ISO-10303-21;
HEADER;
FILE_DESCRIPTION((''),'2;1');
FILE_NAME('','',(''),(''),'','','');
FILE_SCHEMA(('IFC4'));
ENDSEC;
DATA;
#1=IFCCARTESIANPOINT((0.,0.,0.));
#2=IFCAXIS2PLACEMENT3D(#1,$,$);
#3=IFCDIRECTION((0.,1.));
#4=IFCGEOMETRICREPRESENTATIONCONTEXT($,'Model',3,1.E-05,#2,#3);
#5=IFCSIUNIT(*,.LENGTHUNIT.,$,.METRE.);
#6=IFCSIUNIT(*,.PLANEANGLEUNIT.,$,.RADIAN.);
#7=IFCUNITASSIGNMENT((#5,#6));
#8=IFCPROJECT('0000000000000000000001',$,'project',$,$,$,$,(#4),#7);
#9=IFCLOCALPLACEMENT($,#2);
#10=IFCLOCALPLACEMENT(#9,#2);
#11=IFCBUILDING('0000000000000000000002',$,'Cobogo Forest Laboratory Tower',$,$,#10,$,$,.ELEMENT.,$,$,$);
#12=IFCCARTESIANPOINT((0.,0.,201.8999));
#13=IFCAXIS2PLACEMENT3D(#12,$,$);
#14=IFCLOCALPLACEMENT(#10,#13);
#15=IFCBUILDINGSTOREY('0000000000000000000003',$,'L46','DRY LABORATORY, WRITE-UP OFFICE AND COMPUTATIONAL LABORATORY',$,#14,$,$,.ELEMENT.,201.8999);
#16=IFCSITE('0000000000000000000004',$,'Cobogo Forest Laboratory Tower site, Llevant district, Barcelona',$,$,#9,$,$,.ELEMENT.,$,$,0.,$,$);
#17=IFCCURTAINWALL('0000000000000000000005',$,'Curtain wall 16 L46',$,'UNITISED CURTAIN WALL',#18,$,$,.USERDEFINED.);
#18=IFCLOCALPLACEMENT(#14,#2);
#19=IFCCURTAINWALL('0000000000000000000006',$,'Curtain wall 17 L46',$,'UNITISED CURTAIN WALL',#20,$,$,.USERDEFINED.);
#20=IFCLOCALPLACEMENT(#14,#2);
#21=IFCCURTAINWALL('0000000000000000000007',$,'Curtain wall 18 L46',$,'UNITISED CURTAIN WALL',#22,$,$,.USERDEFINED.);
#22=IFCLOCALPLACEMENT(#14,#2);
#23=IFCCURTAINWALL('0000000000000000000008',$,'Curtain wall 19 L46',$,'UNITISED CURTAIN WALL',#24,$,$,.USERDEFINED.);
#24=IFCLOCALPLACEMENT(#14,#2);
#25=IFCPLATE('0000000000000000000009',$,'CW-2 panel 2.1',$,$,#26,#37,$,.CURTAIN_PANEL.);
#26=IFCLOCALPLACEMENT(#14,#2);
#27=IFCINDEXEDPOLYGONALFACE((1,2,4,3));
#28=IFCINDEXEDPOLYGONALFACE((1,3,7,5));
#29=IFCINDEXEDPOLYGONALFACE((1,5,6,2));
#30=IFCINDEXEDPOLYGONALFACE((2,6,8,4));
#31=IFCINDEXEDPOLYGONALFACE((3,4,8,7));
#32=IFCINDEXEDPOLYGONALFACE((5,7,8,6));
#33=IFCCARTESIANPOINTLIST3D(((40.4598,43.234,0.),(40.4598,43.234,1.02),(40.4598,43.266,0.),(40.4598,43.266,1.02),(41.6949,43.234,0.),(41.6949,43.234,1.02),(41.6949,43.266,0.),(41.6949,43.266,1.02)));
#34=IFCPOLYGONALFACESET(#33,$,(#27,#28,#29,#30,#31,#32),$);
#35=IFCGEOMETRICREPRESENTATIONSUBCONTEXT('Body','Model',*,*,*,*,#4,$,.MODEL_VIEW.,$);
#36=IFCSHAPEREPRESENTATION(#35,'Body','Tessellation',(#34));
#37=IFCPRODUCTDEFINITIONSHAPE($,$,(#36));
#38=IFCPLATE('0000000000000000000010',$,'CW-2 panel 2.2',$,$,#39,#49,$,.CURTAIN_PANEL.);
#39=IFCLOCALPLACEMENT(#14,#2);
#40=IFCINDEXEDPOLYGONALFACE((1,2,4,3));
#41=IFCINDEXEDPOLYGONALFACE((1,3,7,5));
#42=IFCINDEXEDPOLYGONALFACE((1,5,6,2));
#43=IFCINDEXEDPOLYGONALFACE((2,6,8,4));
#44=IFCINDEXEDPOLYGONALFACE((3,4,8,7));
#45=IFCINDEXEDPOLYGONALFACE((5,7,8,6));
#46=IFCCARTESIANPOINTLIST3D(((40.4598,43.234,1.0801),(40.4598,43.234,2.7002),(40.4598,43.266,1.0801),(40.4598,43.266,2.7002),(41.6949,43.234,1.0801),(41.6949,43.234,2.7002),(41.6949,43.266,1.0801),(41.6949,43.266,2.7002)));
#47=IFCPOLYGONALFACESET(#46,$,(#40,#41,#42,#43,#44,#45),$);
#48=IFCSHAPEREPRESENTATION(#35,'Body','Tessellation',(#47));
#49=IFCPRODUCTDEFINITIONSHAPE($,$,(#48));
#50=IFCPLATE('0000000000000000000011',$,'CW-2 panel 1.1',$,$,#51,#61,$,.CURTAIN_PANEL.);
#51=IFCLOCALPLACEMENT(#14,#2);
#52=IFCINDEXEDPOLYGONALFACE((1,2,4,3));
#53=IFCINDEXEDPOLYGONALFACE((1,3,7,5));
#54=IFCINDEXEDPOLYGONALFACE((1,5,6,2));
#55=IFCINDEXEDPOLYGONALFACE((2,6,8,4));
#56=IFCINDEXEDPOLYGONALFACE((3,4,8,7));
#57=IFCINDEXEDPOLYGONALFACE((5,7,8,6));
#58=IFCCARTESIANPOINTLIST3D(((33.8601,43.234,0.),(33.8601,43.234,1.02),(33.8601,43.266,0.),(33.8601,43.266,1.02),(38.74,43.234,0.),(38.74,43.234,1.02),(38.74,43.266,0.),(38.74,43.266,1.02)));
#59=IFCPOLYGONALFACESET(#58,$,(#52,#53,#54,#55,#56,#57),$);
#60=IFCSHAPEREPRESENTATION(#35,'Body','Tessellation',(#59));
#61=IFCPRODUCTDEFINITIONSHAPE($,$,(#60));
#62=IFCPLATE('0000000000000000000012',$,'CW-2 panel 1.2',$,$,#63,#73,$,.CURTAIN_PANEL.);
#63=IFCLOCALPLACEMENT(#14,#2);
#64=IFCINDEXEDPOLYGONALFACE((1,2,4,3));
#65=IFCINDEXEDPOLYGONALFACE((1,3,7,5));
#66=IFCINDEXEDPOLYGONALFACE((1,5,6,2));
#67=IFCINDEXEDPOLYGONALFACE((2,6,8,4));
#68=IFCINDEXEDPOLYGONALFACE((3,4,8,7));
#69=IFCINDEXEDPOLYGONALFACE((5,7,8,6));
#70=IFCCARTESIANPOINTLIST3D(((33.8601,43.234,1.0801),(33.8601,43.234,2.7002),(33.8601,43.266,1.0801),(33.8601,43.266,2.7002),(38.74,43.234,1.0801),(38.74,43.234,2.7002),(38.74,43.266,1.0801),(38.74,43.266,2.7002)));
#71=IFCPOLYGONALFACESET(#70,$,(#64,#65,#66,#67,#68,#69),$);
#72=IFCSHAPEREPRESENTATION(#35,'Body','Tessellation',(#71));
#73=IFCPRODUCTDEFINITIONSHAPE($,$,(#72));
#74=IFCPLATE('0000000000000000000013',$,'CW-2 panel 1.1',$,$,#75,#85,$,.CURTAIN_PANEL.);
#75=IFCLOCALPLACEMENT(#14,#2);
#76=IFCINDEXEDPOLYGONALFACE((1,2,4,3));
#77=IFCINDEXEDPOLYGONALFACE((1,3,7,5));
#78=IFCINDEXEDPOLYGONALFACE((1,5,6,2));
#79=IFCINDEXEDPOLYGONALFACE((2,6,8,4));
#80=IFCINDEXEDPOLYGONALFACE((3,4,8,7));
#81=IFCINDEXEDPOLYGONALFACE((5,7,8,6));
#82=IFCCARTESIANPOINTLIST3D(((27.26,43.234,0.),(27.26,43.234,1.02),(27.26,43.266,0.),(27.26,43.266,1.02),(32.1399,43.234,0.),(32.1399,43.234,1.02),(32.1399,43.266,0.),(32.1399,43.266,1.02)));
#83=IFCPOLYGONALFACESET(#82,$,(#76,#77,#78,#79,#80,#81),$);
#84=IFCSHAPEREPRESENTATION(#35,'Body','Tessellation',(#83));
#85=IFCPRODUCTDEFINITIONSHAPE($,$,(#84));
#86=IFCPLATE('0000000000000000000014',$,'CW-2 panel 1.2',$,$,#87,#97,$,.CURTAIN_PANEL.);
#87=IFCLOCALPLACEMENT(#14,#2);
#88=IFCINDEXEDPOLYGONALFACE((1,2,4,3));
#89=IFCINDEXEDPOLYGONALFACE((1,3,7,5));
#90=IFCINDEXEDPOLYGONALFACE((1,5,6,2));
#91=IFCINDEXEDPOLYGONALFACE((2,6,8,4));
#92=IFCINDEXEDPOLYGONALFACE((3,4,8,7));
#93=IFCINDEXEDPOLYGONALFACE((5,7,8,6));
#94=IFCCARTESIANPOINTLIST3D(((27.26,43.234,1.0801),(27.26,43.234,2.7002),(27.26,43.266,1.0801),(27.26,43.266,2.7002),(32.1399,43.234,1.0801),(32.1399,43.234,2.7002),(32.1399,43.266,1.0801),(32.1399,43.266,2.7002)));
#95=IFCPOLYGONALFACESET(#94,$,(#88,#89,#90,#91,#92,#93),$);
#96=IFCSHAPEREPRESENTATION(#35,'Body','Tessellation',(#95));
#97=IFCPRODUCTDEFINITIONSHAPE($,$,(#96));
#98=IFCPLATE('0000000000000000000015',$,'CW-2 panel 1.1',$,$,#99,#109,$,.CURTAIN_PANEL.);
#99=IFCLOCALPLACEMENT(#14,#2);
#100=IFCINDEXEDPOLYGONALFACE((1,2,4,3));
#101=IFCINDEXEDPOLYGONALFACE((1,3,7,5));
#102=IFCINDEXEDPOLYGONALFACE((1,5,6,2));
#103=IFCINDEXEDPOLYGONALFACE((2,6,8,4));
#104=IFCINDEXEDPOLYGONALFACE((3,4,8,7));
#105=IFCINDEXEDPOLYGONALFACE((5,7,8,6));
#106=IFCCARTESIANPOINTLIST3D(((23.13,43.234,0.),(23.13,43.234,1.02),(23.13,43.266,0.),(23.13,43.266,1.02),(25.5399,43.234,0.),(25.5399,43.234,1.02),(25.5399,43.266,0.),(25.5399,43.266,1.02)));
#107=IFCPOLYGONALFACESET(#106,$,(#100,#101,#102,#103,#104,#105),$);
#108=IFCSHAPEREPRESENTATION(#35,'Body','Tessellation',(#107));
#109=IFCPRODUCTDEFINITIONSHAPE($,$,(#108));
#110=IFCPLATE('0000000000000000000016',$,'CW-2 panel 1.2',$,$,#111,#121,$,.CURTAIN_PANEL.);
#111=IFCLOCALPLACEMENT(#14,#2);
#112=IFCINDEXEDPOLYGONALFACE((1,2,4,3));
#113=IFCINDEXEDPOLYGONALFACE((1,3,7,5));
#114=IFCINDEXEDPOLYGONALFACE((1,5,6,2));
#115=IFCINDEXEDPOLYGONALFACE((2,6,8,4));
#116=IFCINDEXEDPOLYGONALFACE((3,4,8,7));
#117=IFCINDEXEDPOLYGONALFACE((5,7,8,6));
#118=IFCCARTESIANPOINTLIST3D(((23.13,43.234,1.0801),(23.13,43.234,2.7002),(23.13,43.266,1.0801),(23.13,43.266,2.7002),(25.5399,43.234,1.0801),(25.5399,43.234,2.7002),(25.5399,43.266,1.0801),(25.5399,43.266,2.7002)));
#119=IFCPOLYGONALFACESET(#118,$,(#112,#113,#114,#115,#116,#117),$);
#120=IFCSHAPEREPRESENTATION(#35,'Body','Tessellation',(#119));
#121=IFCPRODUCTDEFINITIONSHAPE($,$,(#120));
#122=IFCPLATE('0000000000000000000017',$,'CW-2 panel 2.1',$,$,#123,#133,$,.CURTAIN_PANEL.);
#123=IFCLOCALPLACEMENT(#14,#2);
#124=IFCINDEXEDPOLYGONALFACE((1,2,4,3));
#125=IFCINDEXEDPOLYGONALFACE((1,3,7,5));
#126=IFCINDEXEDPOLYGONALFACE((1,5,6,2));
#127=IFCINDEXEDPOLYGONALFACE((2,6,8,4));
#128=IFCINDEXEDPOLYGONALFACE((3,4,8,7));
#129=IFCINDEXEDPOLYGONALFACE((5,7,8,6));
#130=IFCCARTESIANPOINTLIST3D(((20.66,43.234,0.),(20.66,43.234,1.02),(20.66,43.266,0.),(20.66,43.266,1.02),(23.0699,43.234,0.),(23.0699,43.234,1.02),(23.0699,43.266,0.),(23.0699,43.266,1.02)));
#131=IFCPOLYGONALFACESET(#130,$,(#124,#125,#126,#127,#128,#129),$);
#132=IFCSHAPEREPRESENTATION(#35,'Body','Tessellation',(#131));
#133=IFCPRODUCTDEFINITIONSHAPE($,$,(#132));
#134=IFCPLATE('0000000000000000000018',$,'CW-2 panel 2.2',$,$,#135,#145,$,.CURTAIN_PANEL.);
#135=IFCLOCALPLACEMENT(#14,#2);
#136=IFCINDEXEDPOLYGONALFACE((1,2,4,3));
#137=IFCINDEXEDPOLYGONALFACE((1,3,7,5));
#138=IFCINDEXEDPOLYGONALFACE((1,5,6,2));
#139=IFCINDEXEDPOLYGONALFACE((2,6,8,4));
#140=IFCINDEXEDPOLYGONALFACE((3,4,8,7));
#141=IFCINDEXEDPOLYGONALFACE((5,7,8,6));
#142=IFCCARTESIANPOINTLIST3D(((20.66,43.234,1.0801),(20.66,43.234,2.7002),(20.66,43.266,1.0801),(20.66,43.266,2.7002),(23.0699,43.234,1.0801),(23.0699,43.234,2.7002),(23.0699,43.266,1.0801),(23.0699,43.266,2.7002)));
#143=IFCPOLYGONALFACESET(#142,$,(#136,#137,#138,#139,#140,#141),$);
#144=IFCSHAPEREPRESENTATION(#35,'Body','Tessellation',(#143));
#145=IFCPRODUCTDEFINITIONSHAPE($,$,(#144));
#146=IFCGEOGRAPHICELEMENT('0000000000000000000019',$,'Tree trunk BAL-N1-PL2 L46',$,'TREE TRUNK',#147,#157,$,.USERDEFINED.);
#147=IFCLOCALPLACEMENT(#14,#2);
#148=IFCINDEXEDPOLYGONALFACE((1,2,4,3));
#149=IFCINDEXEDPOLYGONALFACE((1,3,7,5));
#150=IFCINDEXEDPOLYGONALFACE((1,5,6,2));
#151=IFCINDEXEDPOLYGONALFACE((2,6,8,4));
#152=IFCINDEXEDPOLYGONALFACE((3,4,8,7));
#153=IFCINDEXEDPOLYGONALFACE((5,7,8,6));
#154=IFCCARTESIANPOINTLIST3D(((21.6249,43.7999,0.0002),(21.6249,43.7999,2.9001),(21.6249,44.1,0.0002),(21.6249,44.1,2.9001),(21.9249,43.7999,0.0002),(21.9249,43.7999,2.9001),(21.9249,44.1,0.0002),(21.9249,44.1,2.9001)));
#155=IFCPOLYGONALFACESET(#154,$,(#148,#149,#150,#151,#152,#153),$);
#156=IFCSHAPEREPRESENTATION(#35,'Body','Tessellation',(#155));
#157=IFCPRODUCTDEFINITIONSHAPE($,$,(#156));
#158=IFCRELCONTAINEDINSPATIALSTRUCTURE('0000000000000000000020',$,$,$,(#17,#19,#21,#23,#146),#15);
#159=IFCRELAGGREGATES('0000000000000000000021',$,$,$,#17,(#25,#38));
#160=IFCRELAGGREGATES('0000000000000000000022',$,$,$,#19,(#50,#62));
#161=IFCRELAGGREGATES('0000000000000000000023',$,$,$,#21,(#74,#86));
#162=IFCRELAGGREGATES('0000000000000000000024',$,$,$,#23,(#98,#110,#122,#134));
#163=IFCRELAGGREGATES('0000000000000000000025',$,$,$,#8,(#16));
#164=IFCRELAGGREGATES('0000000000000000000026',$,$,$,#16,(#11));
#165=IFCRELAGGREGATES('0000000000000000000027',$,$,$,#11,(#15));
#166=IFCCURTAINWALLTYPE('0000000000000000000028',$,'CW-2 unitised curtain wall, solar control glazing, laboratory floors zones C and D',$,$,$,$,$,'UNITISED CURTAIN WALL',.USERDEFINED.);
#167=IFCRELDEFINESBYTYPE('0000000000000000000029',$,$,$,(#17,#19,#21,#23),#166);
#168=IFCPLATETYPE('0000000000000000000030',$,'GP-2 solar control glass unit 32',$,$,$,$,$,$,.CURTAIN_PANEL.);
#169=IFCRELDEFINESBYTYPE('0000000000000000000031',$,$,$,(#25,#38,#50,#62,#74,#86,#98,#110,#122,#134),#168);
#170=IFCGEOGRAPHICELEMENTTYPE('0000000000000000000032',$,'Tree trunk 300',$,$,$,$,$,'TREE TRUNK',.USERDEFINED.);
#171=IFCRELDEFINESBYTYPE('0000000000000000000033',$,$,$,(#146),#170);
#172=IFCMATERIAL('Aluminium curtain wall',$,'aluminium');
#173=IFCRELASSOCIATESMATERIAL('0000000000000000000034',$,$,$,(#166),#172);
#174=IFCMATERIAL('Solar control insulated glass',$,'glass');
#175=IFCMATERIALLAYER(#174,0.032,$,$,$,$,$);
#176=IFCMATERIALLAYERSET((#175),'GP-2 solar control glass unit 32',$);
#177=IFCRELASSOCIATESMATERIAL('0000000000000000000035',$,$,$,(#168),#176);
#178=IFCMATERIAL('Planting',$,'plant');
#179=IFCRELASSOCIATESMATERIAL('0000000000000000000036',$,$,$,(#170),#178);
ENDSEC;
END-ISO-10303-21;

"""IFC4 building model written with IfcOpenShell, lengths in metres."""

from ifc_helpers import new_model, si_unit, direction, frame, origin, origin_2d, place, context, subcontext, project, spatial, rectangle, extrude, material, layer, layer_set, type_object, element, aggregate, save


model = new_model("IFC4")

# Units and contexts
model_context = context("Model", 3, precision=1e-05, world=origin(), true_north=direction((0.0, 1.0)))
body_context = subcontext(model_context, "Body", "Model", "MODEL_VIEW")
ifc_project = project(units=[si_unit("LENGTHUNIT", "METRE"), si_unit("PLANEANGLEUNIT", "RADIAN")], contexts=[model_context])

# Site, building, storey
site_placement = place(None, origin())
site = spatial("IfcSite", under=ifc_project, at=site_placement, Name="Cobogo Forest Laboratory Tower site, Llevant district, Barcelona", CompositionType="ELEMENT", RefElevation=0.0)
building_placement = place(site_placement, origin())
building = spatial("IfcBuilding", under=site, at=building_placement, Name="Cobogo Forest Laboratory Tower", CompositionType="ELEMENT")
storey_placement = place(building_placement, frame((0.0, 0.0, 201.8999)))
storey = spatial("IfcBuildingStorey", under=building, at=storey_placement, Name="L46", Description="DRY LABORATORY, WRITE-UP OFFICE AND COMPUTATIONAL LABORATORY", CompositionType="ELEMENT", Elevation=201.8999)

# Curtain wall
ifc_material_1 = material(Name="Aluminium curtain wall", Category="aluminium")
curtain_wall_type = type_object("IfcCurtainWallType", Name="CW-2 unitised curtain wall, solar control glazing, laboratory floors zones C and D", ElementType="UNITISED CURTAIN WALL", PredefinedType="USERDEFINED", material=ifc_material_1)
curtain_wall_1_placement = place(storey_placement, origin())
curtain_wall_1 = element("IfcCurtainWall", 1, at=curtain_wall_1_placement, inside=storey, type_object=curtain_wall_type, Name="Curtain wall 16 L46", ObjectType="UNITISED CURTAIN WALL", PredefinedType="USERDEFINED")

# Curtain walls
curtain_wall_2_placement = place(storey_placement, origin())
curtain_wall_2 = element("IfcCurtainWall", 2, at=curtain_wall_2_placement, inside=storey, type_object=curtain_wall_type, Name="Curtain wall 17 L46", ObjectType="UNITISED CURTAIN WALL", PredefinedType="USERDEFINED")
curtain_wall_3_placement = place(storey_placement, origin())
curtain_wall_3 = element("IfcCurtainWall", 3, at=curtain_wall_3_placement, inside=storey, type_object=curtain_wall_type, Name="Curtain wall 18 L46", ObjectType="UNITISED CURTAIN WALL", PredefinedType="USERDEFINED")
curtain_wall_4_placement = place(storey_placement, origin())
curtain_wall_4 = element("IfcCurtainWall", 4, at=curtain_wall_4_placement, inside=storey, type_object=curtain_wall_type, Name="Curtain wall 19 L46", ObjectType="UNITISED CURTAIN WALL", PredefinedType="USERDEFINED")

# Plates
ifc_material_2 = material(Name="Solar control insulated glass", Category="glass")
ifc_layer = layer(ifc_material_2, 0.032)
ifc_layer_set = layer_set([ifc_layer], Name="GP-2 solar control glass unit 32")
plate_type_1 = type_object("IfcPlateType", Name="GP-2 solar control glass unit 32", PredefinedType="CURTAIN_PANEL", material=ifc_layer_set)
plate_1_placement = place(storey_placement, frame((41.0774, 43.25, 0.0), z_axis=(0.0, 0.0, 1.0), x_axis=(-1.0, 0.0, 0.0)))
plate_1 = element("IfcPlate", 5, at=plate_1_placement, type_object=plate_type_1, Name="CW-2 panel 2.1", PredefinedType="CURTAIN_PANEL", context=body_context, shape_type="SweptSolid", body=[
    extrude(rectangle(XDim=1.2351, YDim=0.032, at=origin_2d()), origin(), (0.0, 0.0, 1.0), 1.02),
])
plate_2_placement = place(storey_placement, frame((41.0774, 43.25, 1.0801), z_axis=(0.0, 0.0, 1.0), x_axis=(-1.0, 0.0, 0.0)))
plate_2 = element("IfcPlate", 6, at=plate_2_placement, type_object=plate_type_1, Name="CW-2 panel 2.2", PredefinedType="CURTAIN_PANEL", context=body_context, shape_type="SweptSolid", body=[
    extrude(rectangle(XDim=1.2351, YDim=0.032, at=origin_2d()), origin(), (0.0, 0.0, 1.0), 1.6201),
])
aggregate(curtain_wall_1, [plate_1, plate_2])
plate_3_placement = place(storey_placement, frame((36.3, 43.25, 0.0), z_axis=(0.0, 0.0, 1.0), x_axis=(-1.0, 0.0, 0.0)))
plate_3 = element("IfcPlate", 7, at=plate_3_placement, type_object=plate_type_1, Name="CW-2 panel 1.1", PredefinedType="CURTAIN_PANEL", context=body_context, shape_type="SweptSolid", body=[
    extrude(rectangle(XDim=4.8799, YDim=0.032, at=origin_2d()), origin(), (0.0, 0.0, 1.0), 1.02),
])
plate_4_placement = place(storey_placement, frame((36.3, 43.25, 1.0801), z_axis=(0.0, 0.0, 1.0), x_axis=(-1.0, 0.0, 0.0)))
plate_4 = element("IfcPlate", 8, at=plate_4_placement, type_object=plate_type_1, Name="CW-2 panel 1.2", PredefinedType="CURTAIN_PANEL", context=body_context, shape_type="SweptSolid", body=[
    extrude(rectangle(XDim=4.8799, YDim=0.032, at=origin_2d()), origin(), (0.0, 0.0, 1.0), 1.6201),
])
aggregate(curtain_wall_2, [plate_3, plate_4])
plate_5_placement = place(storey_placement, frame((29.7, 43.25, 0.0), z_axis=(0.0, 0.0, 1.0), x_axis=(-1.0, 0.0, 0.0)))
plate_5 = element("IfcPlate", 9, at=plate_5_placement, type_object=plate_type_1, Name="CW-2 panel 1.1", PredefinedType="CURTAIN_PANEL", context=body_context, shape_type="SweptSolid", body=[
    extrude(rectangle(XDim=4.8799, YDim=0.032, at=origin_2d()), origin(), (0.0, 0.0, 1.0), 1.02),
])
plate_6_placement = place(storey_placement, frame((29.7, 43.25, 1.0801), z_axis=(0.0, 0.0, 1.0), x_axis=(-1.0, 0.0, 0.0)))
plate_6 = element("IfcPlate", 10, at=plate_6_placement, type_object=plate_type_1, Name="CW-2 panel 1.2", PredefinedType="CURTAIN_PANEL", context=body_context, shape_type="SweptSolid", body=[
    extrude(rectangle(XDim=4.8799, YDim=0.032, at=origin_2d()), origin(), (0.0, 0.0, 1.0), 1.6201),
])
aggregate(curtain_wall_3, [plate_5, plate_6])
plate_7_placement = place(storey_placement, frame((24.335, 43.25, 0.0), z_axis=(0.0, 0.0, 1.0), x_axis=(-1.0, 0.0, 0.0)))
plate_7 = element("IfcPlate", 11, at=plate_7_placement, type_object=plate_type_1, Name="CW-2 panel 1.1", PredefinedType="CURTAIN_PANEL", context=body_context, shape_type="SweptSolid", body=[
    extrude(rectangle(XDim=2.4099, YDim=0.032, at=origin_2d()), origin(), (0.0, 0.0, 1.0), 1.02),
])
plate_8_placement = place(storey_placement, frame((24.335, 43.25, 1.0801), z_axis=(0.0, 0.0, 1.0), x_axis=(-1.0, 0.0, 0.0)))
plate_8 = element("IfcPlate", 12, at=plate_8_placement, type_object=plate_type_1, Name="CW-2 panel 1.2", PredefinedType="CURTAIN_PANEL", context=body_context, shape_type="SweptSolid", body=[
    extrude(rectangle(XDim=2.4099, YDim=0.032, at=origin_2d()), origin(), (0.0, 0.0, 1.0), 1.6201),
])
plate_9_placement = place(storey_placement, frame((21.865, 43.25, 0.0), z_axis=(0.0, 0.0, 1.0), x_axis=(-1.0, 0.0, 0.0)))
plate_9 = element("IfcPlate", 13, at=plate_9_placement, type_object=plate_type_1, Name="CW-2 panel 2.1", PredefinedType="CURTAIN_PANEL", context=body_context, shape_type="SweptSolid", body=[
    extrude(rectangle(XDim=2.4099, YDim=0.032, at=origin_2d()), origin(), (0.0, 0.0, 1.0), 1.02),
])
plate_10_placement = place(storey_placement, frame((21.865, 43.25, 1.0801), z_axis=(0.0, 0.0, 1.0), x_axis=(-1.0, 0.0, 0.0)))
plate_10 = element("IfcPlate", 14, at=plate_10_placement, type_object=plate_type_1, Name="CW-2 panel 2.2", PredefinedType="CURTAIN_PANEL", context=body_context, shape_type="SweptSolid", body=[
    extrude(rectangle(XDim=2.4099, YDim=0.032, at=origin_2d()), origin(), (0.0, 0.0, 1.0), 1.6201),
])
aggregate(curtain_wall_4, [plate_7, plate_8, plate_9, plate_10])

# Geographic element
ifc_material_3 = material(Name="Planting", Category="plant")
geographic_element_type = type_object("IfcGeographicElementType", Name="Tree trunk 300", ElementType="TREE TRUNK", PredefinedType="USERDEFINED", material=ifc_material_3)
geographic_element_placement = place(storey_placement, frame((21.7749, 43.95, 0.0002), z_axis=(0.0, 0.0, 1.0), x_axis=(1.0, 0.0, 0.0)))
element("IfcGeographicElement", 15, at=geographic_element_placement, inside=storey, type_object=geographic_element_type, Name="Tree trunk BAL-N1-PL2 L46", ObjectType="TREE TRUNK", PredefinedType="USERDEFINED", context=body_context, shape_type="SweptSolid", body=[
    extrude(rectangle(XDim=0.3, YDim=0.3, at=origin_2d()), origin(), (0.0, 0.0, 1.0), 2.8999),
])

save(model, "model.ifc")
